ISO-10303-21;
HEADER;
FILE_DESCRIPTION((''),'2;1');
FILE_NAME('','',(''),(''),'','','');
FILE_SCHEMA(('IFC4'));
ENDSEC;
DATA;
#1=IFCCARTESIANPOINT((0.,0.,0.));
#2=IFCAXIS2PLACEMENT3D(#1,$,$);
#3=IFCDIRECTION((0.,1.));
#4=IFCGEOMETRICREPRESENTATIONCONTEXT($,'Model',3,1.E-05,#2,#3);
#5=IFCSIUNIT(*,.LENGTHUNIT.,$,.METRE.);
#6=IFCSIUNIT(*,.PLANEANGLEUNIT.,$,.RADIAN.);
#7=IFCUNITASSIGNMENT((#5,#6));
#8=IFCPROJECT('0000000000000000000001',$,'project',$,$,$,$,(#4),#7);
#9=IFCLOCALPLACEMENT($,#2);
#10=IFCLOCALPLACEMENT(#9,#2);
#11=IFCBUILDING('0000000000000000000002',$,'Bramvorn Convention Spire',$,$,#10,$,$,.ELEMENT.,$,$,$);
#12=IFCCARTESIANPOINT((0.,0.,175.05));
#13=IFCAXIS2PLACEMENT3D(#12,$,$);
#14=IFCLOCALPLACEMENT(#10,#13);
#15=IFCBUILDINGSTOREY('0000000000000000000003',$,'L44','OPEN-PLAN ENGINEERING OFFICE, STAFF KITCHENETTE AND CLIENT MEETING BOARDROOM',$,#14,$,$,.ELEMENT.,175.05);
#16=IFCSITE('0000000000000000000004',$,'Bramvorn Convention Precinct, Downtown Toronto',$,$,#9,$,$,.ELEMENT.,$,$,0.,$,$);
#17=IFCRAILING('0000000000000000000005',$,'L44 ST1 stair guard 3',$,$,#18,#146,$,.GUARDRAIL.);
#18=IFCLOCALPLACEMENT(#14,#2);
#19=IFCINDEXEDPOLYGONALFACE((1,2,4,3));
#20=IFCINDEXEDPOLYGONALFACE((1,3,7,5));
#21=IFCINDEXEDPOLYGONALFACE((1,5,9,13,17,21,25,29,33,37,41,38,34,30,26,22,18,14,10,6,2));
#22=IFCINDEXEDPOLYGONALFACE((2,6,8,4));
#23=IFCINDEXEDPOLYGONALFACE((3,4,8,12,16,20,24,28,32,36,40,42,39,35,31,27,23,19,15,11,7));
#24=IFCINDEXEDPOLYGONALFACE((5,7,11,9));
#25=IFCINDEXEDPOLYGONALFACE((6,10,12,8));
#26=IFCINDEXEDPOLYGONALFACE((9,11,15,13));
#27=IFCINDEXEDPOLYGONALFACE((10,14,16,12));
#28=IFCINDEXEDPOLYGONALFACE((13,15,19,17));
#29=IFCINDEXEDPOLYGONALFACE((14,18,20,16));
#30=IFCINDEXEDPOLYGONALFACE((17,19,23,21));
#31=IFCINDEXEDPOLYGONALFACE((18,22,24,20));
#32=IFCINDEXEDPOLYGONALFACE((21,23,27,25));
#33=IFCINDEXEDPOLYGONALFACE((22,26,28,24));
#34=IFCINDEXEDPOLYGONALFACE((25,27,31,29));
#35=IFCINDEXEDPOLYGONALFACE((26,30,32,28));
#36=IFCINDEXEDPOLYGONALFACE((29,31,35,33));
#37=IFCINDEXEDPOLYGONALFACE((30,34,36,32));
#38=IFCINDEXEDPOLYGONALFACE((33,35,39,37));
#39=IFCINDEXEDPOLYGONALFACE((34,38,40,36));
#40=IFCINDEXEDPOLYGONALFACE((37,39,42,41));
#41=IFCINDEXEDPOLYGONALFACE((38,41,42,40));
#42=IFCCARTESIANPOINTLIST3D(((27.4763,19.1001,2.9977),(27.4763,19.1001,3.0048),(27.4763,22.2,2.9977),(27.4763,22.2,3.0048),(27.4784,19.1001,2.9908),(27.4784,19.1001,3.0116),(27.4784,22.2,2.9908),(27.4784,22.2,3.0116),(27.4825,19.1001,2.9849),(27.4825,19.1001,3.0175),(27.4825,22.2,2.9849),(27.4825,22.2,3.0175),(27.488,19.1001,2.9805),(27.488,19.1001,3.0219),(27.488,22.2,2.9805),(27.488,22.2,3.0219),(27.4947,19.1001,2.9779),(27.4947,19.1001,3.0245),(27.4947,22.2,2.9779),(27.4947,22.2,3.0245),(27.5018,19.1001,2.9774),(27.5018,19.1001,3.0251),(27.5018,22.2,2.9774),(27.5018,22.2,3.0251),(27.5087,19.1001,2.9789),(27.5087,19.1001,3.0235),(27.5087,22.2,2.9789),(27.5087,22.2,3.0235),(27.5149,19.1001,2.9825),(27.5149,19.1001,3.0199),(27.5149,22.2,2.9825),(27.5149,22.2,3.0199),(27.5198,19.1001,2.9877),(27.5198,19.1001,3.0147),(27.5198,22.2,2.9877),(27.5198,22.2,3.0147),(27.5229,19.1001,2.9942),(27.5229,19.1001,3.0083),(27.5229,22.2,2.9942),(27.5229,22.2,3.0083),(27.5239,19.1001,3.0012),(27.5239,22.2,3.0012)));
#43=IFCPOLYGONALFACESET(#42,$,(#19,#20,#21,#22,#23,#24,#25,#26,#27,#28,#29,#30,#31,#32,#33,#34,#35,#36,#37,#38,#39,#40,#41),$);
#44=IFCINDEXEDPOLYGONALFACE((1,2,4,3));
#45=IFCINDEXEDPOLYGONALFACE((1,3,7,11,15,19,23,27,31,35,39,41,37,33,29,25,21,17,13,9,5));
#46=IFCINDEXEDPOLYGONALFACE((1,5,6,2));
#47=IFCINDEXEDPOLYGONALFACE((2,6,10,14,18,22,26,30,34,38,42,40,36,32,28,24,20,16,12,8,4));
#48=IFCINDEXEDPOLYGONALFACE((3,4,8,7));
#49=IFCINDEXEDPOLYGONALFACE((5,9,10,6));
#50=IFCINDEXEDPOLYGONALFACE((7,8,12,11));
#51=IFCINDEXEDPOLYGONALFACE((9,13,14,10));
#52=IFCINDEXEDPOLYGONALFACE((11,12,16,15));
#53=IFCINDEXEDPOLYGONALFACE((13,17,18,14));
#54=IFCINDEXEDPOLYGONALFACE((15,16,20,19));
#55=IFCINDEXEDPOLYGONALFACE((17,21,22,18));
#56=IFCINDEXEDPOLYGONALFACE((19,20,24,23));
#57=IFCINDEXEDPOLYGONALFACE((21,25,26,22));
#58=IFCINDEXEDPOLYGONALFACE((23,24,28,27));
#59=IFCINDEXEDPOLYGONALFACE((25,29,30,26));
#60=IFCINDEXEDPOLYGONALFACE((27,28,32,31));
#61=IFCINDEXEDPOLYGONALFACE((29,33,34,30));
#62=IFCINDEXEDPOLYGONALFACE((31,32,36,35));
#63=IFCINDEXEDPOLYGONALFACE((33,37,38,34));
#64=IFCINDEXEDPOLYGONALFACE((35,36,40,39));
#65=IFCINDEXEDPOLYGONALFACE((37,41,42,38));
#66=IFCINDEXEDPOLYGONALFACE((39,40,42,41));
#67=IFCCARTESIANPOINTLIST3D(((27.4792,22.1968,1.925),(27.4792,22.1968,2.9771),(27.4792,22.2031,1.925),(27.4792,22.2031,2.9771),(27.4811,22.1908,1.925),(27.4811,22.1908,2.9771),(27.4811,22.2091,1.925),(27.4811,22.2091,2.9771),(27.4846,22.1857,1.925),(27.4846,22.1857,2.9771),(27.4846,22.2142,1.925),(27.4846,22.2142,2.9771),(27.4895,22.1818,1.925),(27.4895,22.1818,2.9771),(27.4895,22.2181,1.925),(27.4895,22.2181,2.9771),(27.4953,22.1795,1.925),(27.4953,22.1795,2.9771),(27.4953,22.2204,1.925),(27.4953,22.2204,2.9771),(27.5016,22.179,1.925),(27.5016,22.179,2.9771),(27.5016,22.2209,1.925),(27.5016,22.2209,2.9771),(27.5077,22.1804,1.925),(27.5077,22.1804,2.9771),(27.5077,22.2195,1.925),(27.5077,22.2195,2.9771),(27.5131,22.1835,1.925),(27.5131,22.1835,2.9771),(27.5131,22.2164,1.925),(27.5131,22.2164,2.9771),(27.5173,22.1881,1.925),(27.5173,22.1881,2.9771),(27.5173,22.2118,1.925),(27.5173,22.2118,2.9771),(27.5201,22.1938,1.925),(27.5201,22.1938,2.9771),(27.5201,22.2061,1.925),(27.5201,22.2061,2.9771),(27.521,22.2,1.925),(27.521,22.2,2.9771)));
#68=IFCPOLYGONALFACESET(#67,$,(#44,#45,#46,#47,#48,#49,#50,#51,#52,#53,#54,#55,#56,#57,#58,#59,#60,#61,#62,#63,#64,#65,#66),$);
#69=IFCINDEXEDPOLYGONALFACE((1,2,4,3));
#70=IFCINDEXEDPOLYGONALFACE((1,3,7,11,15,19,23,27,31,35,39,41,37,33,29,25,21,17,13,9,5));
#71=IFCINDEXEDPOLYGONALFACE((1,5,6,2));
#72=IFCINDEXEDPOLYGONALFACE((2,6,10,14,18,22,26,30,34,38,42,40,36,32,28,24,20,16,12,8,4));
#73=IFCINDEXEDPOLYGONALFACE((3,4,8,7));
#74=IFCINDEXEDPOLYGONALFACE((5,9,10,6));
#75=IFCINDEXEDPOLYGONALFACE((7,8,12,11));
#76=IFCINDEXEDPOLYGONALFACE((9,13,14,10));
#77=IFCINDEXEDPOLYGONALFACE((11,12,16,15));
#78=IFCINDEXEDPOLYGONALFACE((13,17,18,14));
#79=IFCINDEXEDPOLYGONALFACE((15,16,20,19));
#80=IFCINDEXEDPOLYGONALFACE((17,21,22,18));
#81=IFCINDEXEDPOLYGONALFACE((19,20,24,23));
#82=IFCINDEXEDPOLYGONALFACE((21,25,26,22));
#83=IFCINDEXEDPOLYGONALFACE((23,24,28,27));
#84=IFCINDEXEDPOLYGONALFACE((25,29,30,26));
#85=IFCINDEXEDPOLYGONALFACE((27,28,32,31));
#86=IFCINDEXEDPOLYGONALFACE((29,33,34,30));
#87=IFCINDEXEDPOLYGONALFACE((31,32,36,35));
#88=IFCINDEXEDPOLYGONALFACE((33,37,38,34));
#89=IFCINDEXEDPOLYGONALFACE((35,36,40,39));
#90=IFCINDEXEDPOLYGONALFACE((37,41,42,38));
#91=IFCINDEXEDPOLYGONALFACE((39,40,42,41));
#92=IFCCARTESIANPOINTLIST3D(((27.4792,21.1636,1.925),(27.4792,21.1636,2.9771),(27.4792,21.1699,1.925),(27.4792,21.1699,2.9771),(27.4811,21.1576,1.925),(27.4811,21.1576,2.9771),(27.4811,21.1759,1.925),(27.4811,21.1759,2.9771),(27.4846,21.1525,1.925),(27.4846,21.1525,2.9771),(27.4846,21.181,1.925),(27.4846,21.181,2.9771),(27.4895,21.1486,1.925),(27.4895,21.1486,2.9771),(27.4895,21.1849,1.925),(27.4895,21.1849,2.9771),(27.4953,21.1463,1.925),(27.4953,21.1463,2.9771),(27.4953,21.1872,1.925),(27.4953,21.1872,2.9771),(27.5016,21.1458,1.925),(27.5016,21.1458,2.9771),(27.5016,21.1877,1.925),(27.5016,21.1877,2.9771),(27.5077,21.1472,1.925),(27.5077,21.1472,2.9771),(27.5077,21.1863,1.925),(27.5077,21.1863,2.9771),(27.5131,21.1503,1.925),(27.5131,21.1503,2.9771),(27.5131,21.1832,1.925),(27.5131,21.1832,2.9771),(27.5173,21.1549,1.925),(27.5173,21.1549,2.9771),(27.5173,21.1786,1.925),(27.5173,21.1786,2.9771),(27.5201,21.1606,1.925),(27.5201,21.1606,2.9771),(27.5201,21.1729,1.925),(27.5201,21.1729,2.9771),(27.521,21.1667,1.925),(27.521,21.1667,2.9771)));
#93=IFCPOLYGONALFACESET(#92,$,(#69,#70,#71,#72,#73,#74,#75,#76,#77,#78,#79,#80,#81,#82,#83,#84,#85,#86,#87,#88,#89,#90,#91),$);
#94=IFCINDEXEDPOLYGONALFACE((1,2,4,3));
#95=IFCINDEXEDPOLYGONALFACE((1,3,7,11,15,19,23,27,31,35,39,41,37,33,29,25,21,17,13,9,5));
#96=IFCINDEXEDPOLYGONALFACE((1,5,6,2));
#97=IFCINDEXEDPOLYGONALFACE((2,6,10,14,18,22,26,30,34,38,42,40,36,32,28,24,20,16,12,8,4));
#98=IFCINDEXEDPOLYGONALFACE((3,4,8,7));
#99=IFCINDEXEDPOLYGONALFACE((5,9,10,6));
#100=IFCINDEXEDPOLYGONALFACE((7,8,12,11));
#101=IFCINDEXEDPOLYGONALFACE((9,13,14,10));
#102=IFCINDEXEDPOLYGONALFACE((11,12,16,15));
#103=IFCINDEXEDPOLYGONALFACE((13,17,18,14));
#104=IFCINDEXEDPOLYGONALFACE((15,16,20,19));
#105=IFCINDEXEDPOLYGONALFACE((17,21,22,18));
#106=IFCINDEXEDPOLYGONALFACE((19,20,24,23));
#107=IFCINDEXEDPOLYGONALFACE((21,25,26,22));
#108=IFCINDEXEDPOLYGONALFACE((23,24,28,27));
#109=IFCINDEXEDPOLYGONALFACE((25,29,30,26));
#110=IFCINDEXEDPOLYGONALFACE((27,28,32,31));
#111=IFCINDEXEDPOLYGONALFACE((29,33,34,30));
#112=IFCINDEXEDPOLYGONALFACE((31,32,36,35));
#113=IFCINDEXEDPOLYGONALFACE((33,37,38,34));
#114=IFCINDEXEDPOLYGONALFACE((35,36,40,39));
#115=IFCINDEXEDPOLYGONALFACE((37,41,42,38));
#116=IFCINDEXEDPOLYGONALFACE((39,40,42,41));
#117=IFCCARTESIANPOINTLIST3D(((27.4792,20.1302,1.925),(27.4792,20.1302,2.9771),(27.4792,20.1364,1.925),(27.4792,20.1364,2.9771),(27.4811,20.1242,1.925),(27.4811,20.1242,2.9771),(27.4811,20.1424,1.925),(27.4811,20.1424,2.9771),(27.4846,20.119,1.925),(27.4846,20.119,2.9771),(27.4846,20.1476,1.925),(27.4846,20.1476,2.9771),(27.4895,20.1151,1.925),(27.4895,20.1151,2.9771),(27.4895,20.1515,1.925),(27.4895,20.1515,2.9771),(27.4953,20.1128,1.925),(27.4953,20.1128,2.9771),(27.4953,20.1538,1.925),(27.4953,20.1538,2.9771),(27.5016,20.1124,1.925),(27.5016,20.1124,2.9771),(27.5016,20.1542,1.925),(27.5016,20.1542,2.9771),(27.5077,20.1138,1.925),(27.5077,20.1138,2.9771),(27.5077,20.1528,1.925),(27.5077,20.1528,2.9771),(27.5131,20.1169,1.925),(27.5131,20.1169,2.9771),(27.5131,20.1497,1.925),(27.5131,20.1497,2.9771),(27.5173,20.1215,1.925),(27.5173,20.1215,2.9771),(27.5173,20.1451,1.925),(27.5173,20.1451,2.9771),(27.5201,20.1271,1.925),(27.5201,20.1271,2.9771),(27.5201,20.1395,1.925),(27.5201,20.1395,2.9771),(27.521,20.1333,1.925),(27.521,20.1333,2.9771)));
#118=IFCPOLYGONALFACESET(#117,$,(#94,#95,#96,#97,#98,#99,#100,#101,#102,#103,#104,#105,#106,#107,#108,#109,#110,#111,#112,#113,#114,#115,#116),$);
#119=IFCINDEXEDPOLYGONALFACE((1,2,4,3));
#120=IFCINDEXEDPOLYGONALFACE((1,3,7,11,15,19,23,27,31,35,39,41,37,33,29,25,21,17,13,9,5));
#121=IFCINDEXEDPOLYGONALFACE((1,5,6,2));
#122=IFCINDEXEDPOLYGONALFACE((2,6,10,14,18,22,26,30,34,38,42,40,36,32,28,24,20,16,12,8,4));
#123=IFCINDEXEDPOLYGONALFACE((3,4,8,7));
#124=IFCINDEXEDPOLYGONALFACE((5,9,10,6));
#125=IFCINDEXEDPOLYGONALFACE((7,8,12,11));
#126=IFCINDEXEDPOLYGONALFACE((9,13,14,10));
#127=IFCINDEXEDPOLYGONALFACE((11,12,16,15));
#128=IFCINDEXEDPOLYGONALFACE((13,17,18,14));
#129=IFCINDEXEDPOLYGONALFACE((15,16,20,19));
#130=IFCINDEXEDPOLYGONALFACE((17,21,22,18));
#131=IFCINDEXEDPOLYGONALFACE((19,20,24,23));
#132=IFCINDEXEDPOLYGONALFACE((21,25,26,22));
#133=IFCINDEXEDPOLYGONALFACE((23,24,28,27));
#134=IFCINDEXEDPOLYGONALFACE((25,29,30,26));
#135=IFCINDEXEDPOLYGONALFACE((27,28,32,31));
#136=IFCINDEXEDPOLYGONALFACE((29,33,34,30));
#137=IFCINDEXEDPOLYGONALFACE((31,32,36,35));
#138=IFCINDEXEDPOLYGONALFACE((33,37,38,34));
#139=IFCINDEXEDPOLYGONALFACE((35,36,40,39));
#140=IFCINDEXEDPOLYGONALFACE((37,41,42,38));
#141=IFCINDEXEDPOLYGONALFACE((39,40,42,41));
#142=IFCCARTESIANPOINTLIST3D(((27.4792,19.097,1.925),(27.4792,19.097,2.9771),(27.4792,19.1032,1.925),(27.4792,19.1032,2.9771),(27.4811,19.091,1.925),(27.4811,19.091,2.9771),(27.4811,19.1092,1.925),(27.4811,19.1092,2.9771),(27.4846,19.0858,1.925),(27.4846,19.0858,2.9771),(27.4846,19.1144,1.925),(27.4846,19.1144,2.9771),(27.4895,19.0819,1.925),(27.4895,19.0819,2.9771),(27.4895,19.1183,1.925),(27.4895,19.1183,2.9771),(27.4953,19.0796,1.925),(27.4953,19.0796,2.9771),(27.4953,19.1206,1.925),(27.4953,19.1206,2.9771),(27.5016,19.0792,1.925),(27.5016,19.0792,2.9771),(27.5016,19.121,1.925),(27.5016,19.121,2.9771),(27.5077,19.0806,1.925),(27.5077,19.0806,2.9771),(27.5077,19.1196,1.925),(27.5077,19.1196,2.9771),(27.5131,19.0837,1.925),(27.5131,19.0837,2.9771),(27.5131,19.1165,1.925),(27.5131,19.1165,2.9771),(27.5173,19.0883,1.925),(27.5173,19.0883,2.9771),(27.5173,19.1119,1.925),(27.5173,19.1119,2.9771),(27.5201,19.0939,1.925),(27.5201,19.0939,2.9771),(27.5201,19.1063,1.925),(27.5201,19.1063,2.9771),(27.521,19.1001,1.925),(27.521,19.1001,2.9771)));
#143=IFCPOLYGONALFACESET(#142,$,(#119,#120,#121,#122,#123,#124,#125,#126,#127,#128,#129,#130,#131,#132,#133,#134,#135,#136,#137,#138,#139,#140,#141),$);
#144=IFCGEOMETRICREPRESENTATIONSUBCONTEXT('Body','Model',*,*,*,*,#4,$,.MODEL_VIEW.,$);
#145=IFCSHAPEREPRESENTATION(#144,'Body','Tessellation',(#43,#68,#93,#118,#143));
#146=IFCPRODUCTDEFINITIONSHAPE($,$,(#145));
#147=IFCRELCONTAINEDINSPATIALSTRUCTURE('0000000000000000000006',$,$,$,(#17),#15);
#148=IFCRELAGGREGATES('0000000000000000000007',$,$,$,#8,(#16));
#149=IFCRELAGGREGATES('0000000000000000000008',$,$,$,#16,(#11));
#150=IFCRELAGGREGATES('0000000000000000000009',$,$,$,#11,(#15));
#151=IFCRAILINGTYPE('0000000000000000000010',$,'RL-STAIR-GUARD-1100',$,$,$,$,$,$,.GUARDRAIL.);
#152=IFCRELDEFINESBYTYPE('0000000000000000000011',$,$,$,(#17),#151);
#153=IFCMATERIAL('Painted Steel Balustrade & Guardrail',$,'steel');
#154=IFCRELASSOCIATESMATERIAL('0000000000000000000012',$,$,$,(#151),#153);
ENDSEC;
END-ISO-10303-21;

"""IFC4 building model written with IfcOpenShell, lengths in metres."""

from ifc_helpers import new_model, si_unit, direction, frame, origin, origin_2d, place, context, subcontext, project, spatial, circle, extrude, material, type_object, element, save


model = new_model("IFC4")

# Units and contexts
model_context = context("Model", 3, precision=1e-05, world=origin(), true_north=direction((0.0, 1.0)))
body_context = subcontext(model_context, "Body", "Model", "MODEL_VIEW")
ifc_project = project(units=[si_unit("LENGTHUNIT", "METRE"), si_unit("PLANEANGLEUNIT", "RADIAN")], contexts=[model_context])

# Site, building, storey
site_placement = place(None, origin())
site = spatial("IfcSite", under=ifc_project, at=site_placement, Name="Bramvorn Convention Precinct, Downtown Toronto", CompositionType="ELEMENT", RefElevation=0.0)
building_placement = place(site_placement, origin())
building = spatial("IfcBuilding", under=site, at=building_placement, Name="Bramvorn Convention Spire", CompositionType="ELEMENT")
storey_placement = place(building_placement, frame((0.0, 0.0, 175.05)))
storey = spatial("IfcBuildingStorey", under=building, at=storey_placement, Name="L44", Description="OPEN-PLAN ENGINEERING OFFICE, STAFF KITCHENETTE AND CLIENT MEETING BOARDROOM", CompositionType="ELEMENT", Elevation=175.05)

# Railing
ifc_material_1 = material(Name="Painted Steel Balustrade & Guardrail", Category="steel")
railing_type_1 = type_object("IfcRailingType", Name="RL-STAIR-GUARD-1100", PredefinedType="GUARDRAIL", material=ifc_material_1)
for number, where, name in (
    (1, (27.5, 22.2, 1.925), "L44 ST1 stair guard 3"),
):
    element("IfcRailing", number, at=place(storey_placement, frame(where)), inside=storey, type_object=railing_type_1, Name=name, PredefinedType="GUARDRAIL", context=body_context, shape_type="SweptSolid", body=[
        extrude(circle(Radius=0.0239, at=origin_2d()), frame((0.0, 0.0, 1.0762), z_axis=(0.0, -1.0, 0.0), x_axis=(1.0, 0.0, 0.0)), (0.0, 0.0, 1.0), 3.0999),
        extrude(circle(Radius=0.021, at=origin_2d()), origin(), (0.0, 0.0, 1.0), 1.052),
        extrude(circle(Radius=0.021, at=origin_2d()), frame((0.0, -1.0332, 0.0)), (0.0, 0.0, 1.0), 1.052),
        extrude(circle(Radius=0.021, at=origin_2d()), frame((0.0, -2.0667, 0.0)), (0.0, 0.0, 1.0), 1.052),
        extrude(circle(Radius=0.021, at=origin_2d()), frame((0.0, -3.0999, 0.0)), (0.0, 0.0, 1.0), 1.052),
    ])

save(model, "model.ifc")
